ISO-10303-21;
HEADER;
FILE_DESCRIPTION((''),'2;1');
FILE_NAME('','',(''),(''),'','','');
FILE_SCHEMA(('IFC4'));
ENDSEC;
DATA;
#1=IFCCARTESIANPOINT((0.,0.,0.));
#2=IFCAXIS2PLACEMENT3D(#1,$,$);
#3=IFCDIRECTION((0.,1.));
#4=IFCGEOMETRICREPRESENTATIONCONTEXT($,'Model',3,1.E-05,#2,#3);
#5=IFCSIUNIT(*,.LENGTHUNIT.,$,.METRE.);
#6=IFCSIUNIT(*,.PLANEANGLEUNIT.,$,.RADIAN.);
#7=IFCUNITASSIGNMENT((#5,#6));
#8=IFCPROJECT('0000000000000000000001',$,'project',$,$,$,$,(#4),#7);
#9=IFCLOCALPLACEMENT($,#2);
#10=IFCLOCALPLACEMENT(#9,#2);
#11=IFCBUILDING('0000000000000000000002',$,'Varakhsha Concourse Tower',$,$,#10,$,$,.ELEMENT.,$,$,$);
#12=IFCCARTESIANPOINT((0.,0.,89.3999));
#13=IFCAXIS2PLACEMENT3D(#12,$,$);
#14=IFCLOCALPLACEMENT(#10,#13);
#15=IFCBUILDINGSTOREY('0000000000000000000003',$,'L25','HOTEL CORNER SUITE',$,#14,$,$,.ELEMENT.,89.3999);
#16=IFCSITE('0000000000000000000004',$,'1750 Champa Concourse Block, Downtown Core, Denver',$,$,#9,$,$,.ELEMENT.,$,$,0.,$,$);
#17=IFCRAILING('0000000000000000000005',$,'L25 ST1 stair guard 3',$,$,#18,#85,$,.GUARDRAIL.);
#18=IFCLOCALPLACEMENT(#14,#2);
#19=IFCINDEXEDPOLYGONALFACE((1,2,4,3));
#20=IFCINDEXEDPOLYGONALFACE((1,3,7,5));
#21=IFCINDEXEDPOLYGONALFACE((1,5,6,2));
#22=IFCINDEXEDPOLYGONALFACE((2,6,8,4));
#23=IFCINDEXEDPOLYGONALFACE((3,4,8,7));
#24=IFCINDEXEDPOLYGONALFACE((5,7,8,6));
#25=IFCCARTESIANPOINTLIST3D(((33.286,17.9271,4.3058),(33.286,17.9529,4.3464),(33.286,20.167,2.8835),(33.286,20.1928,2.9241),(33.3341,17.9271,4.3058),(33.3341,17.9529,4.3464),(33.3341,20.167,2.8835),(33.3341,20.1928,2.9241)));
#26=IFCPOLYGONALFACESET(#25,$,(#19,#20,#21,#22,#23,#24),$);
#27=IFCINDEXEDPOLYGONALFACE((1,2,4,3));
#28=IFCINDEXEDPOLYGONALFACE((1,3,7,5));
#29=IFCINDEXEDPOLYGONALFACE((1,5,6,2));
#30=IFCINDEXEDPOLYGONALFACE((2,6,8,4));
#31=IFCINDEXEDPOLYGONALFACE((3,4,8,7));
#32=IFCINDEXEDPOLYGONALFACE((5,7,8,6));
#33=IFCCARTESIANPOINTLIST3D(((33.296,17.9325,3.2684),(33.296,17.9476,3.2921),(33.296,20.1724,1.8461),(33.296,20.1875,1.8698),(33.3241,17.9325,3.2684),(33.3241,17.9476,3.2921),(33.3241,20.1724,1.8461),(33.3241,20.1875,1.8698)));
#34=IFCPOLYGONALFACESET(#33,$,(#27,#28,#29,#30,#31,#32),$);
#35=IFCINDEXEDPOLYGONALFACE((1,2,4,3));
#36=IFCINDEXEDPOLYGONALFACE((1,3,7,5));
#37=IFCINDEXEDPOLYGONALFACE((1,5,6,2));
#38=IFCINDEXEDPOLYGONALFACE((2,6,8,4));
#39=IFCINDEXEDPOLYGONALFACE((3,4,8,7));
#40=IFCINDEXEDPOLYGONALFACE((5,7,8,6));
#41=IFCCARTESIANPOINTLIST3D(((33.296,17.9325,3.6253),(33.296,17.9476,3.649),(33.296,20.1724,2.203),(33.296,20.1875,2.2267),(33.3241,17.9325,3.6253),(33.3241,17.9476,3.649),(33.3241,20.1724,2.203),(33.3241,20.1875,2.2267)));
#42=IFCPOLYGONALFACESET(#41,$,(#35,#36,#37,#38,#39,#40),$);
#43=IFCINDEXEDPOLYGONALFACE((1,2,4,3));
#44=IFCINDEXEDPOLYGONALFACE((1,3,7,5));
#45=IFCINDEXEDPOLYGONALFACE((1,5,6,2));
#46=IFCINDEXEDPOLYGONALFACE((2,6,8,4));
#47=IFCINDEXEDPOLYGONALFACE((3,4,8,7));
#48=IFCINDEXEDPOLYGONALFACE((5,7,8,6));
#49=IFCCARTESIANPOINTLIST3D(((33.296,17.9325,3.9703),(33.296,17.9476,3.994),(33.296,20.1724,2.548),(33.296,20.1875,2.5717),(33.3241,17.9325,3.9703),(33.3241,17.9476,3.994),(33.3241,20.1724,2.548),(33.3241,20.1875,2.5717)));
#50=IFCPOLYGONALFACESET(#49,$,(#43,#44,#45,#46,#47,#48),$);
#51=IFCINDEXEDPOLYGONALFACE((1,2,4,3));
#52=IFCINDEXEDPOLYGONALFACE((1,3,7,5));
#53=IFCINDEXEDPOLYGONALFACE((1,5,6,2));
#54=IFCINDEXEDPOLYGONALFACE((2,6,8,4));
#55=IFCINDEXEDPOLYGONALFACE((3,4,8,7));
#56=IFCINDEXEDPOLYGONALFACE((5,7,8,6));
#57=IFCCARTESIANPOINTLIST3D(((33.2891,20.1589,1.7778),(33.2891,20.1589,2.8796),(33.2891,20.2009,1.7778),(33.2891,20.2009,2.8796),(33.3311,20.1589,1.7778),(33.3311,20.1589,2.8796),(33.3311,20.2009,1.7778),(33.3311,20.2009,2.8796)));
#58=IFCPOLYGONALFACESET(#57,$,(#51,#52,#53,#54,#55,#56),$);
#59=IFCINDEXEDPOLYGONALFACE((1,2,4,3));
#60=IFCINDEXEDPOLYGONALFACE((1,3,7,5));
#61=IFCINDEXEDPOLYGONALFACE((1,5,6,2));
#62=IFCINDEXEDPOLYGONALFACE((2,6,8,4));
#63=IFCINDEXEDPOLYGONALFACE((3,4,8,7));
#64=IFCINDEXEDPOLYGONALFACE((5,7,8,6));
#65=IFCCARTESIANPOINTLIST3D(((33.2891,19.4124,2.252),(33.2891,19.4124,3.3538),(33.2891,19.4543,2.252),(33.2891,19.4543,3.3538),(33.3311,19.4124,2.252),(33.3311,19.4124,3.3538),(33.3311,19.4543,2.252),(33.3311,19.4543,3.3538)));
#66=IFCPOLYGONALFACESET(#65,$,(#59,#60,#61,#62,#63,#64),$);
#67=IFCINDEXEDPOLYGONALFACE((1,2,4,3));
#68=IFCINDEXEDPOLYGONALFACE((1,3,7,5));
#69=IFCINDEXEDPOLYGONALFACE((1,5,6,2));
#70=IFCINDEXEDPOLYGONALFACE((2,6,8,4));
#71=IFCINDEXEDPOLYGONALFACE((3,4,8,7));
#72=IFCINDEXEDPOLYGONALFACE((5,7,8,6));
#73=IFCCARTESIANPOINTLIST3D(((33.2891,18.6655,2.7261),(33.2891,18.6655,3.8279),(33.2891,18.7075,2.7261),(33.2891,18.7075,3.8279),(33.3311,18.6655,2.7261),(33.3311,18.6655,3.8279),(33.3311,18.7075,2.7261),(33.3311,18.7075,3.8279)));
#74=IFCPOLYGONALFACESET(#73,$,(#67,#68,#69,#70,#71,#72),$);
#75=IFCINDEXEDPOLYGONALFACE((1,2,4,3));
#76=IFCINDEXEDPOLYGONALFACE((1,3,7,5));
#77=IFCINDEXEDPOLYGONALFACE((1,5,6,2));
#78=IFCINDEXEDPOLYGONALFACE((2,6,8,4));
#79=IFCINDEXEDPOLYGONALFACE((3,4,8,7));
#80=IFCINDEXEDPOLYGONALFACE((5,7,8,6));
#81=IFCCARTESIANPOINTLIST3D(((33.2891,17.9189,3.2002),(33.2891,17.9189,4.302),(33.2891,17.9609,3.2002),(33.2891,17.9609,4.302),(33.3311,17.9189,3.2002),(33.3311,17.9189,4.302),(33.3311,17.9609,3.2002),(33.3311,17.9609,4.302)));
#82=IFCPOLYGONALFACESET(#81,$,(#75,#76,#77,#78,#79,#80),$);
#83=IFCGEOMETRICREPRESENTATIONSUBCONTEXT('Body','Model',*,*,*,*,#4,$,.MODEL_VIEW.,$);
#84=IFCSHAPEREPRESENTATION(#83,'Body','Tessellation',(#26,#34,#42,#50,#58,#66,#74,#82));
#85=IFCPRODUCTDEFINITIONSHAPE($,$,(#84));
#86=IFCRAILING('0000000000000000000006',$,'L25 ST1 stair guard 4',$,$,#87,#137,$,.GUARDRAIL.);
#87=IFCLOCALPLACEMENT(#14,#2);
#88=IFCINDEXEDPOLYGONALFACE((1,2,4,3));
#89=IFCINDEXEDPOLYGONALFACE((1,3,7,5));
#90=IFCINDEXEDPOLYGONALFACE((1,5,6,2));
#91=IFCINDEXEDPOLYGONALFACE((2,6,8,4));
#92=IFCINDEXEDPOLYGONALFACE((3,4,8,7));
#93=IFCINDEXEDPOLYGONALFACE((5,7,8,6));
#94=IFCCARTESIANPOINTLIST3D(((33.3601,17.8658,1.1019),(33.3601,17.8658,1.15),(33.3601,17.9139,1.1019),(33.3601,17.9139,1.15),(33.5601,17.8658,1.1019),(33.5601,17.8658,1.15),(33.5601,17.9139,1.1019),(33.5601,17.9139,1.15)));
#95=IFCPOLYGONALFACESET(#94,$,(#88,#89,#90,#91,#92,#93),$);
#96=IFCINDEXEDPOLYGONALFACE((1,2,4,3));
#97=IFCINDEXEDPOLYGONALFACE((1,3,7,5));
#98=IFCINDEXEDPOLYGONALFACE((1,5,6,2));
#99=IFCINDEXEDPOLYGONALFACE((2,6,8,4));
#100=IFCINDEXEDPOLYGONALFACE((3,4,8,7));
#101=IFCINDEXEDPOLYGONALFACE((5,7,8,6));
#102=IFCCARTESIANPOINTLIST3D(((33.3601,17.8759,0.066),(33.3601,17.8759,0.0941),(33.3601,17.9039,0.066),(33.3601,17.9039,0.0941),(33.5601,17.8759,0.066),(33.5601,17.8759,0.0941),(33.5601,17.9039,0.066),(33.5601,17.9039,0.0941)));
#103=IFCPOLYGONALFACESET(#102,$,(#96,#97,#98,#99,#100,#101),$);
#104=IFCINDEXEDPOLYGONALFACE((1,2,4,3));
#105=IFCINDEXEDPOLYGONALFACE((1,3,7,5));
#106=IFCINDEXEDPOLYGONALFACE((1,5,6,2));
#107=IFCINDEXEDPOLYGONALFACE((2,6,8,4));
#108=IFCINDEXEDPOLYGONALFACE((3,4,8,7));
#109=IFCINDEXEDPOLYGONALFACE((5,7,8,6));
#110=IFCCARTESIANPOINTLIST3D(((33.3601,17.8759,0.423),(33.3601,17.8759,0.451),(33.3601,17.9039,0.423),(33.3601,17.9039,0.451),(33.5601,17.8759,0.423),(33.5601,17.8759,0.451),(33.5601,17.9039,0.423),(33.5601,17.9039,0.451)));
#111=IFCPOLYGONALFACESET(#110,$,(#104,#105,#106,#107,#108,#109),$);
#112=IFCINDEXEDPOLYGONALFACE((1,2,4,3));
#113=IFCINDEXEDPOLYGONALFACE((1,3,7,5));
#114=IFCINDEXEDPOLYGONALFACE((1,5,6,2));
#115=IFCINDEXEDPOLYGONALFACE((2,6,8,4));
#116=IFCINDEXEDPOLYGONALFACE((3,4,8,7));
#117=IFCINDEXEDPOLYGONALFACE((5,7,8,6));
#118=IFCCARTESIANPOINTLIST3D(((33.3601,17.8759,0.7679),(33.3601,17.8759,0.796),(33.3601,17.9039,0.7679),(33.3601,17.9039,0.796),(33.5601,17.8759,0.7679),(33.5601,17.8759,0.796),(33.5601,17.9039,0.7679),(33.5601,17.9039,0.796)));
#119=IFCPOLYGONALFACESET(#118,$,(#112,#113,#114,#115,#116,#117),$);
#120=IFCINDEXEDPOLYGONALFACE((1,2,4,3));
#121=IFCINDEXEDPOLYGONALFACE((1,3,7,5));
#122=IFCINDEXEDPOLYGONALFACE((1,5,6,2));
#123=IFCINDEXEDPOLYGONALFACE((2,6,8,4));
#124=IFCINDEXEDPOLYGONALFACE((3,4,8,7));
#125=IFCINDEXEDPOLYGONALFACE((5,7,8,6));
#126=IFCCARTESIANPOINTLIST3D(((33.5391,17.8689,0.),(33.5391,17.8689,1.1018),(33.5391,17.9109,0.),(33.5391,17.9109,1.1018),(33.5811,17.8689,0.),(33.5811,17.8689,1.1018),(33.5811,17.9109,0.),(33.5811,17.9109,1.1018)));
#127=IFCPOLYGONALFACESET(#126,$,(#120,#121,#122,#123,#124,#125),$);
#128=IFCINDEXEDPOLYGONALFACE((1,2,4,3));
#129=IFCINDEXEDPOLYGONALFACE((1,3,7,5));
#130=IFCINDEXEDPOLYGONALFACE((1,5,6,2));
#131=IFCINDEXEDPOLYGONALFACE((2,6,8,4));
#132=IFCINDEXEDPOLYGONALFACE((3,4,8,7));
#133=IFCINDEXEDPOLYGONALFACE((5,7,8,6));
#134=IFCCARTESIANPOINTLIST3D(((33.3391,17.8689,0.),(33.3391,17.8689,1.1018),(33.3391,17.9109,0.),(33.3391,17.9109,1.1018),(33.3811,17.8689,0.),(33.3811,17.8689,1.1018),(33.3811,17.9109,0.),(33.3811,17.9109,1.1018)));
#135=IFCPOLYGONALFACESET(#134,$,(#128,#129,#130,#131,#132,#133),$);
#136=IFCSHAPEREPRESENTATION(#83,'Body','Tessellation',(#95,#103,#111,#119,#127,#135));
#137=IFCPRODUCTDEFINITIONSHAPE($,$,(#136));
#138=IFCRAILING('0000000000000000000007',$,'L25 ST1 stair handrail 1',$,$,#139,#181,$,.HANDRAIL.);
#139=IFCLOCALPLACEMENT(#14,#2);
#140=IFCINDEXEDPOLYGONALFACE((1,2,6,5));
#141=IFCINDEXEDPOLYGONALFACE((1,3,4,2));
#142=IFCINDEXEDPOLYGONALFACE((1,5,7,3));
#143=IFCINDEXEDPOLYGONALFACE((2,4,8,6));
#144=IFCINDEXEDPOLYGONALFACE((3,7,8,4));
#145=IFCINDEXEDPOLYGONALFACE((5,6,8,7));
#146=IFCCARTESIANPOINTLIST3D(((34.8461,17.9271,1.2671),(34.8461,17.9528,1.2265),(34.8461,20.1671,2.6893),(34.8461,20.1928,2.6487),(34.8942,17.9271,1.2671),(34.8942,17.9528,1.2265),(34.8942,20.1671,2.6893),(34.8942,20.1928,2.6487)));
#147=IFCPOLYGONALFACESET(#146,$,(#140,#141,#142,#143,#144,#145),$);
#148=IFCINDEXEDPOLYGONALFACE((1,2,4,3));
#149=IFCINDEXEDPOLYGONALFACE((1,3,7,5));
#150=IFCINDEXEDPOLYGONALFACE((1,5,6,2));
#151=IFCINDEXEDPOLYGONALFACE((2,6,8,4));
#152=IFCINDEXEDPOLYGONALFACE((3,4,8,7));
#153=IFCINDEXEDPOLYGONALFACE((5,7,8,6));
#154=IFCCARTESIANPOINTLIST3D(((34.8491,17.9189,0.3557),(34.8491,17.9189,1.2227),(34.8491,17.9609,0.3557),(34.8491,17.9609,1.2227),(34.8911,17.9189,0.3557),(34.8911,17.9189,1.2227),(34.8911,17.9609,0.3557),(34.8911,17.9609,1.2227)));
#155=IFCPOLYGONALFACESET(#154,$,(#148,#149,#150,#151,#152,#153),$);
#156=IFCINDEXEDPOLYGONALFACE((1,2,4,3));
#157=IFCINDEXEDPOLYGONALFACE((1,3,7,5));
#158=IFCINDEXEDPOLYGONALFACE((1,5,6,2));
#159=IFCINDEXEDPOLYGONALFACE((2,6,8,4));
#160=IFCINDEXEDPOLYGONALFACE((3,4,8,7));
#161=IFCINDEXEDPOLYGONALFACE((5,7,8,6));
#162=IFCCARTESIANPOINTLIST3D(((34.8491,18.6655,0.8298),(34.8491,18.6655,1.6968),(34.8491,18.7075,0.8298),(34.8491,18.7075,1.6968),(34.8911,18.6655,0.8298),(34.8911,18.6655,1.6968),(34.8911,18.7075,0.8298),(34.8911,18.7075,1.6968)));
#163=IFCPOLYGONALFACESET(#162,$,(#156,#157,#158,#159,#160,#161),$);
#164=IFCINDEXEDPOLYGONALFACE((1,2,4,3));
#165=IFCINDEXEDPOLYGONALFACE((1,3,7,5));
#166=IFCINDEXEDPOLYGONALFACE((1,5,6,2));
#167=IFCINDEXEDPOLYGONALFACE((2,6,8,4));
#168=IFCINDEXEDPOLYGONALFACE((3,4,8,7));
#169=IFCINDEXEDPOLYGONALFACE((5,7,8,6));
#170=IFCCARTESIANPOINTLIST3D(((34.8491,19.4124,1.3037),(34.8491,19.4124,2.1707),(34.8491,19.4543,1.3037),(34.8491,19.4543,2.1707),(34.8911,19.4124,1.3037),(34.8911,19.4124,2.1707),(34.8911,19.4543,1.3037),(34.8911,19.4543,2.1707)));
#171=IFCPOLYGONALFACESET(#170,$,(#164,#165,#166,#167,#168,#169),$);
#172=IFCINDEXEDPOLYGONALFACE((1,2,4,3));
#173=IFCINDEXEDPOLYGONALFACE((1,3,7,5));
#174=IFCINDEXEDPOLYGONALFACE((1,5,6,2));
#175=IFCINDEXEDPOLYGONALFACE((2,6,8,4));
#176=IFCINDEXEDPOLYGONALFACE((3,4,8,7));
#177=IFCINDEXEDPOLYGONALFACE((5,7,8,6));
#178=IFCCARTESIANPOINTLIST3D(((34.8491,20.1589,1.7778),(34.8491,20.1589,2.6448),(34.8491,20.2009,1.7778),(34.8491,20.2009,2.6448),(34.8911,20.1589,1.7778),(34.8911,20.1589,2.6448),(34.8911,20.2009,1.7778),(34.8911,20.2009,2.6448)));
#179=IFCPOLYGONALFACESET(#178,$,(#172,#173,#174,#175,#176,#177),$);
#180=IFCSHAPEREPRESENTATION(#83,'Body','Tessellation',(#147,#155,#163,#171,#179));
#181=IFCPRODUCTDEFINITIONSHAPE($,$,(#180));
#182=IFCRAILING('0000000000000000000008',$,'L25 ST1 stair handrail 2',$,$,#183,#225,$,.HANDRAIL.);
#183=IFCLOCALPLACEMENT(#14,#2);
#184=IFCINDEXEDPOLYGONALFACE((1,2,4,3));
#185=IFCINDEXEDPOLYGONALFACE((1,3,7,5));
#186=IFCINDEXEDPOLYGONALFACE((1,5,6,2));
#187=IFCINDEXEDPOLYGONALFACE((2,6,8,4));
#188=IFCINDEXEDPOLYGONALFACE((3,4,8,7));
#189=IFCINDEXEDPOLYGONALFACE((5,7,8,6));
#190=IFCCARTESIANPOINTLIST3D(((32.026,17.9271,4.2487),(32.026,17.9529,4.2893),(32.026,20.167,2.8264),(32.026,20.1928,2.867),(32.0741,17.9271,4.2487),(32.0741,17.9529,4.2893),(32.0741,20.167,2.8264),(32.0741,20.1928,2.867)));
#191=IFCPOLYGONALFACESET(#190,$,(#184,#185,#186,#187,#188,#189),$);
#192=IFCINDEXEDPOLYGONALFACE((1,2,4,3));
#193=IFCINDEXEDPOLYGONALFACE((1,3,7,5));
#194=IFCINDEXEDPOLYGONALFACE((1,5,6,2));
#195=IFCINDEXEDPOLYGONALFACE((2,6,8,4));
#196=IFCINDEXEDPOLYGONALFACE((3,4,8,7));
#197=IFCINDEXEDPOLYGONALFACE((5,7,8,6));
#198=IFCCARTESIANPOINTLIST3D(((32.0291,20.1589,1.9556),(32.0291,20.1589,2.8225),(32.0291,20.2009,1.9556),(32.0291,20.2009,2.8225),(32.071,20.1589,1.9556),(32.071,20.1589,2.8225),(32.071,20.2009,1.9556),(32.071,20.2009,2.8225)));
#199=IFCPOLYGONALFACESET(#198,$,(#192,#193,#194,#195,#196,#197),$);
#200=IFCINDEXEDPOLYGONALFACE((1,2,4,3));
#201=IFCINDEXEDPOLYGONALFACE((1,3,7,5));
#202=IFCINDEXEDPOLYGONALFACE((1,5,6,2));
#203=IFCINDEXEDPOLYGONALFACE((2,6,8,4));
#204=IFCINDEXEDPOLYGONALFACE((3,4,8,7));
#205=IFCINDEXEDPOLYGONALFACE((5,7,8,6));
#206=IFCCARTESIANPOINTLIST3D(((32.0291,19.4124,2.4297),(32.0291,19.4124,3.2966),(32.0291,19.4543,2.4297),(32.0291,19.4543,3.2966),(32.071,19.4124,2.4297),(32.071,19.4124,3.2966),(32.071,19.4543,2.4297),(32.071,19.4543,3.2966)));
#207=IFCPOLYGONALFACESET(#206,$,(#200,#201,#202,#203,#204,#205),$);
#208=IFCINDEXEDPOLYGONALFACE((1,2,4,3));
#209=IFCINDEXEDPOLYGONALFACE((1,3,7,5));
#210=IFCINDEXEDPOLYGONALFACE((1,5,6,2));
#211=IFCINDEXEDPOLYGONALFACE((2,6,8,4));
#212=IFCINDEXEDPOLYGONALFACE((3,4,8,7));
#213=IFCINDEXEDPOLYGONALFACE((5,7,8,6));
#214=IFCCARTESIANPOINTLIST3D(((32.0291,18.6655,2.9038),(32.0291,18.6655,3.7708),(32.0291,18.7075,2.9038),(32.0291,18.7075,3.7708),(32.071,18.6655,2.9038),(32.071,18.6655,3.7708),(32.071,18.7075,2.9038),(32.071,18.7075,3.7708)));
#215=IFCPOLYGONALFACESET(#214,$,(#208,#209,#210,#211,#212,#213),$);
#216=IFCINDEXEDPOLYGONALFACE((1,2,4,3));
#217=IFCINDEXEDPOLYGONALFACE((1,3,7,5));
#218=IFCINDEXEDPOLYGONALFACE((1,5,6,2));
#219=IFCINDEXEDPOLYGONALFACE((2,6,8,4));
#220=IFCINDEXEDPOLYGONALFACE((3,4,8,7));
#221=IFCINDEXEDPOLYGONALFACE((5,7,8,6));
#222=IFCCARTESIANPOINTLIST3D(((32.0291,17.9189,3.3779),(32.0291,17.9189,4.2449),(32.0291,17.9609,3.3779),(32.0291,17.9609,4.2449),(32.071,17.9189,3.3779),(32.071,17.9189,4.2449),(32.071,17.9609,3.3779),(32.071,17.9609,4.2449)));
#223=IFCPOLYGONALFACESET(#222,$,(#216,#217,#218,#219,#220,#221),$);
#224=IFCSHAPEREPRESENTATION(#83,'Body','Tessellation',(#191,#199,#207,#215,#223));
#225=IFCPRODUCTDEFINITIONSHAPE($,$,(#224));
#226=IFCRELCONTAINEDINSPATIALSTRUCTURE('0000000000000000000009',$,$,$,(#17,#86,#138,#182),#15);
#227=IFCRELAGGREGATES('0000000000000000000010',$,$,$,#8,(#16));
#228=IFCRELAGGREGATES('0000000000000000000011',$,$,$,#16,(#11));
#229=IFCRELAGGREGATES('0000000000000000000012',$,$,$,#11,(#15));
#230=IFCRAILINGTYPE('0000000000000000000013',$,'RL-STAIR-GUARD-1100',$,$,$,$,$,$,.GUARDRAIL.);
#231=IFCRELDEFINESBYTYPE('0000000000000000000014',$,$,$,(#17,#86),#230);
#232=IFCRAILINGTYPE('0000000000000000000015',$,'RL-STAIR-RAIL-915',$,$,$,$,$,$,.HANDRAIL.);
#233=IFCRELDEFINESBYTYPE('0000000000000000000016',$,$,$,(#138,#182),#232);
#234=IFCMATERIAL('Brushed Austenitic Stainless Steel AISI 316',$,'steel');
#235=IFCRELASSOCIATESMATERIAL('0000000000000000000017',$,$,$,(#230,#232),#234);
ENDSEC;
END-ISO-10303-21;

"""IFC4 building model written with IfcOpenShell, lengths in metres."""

from ifc_helpers import new_model, si_unit, direction, frame, origin, origin_2d, place, context, subcontext, project, spatial, rectangle, extrude, material, type_object, element, save


model = new_model("IFC4")

# Units and contexts
model_context = context("Model", 3, precision=1e-05, world=origin(), true_north=direction((0.0, 1.0)))
body_context = subcontext(model_context, "Body", "Model", "MODEL_VIEW")
ifc_project = project(units=[si_unit("LENGTHUNIT", "METRE"), si_unit("PLANEANGLEUNIT", "RADIAN")], contexts=[model_context])

# Site, building, storey
site_placement = place(None, origin())
site = spatial("IfcSite", under=ifc_project, at=site_placement, Name="1750 Champa Concourse Block, Downtown Core, Denver", CompositionType="ELEMENT", RefElevation=0.0)
building_placement = place(site_placement, origin())
building = spatial("IfcBuilding", under=site, at=building_placement, Name="Varakhsha Concourse Tower", CompositionType="ELEMENT")
storey_placement = place(building_placement, frame((0.0, 0.0, 89.3999)))
storey = spatial("IfcBuildingStorey", under=building, at=storey_placement, Name="L25", Description="HOTEL CORNER SUITE", CompositionType="ELEMENT", Elevation=89.3999)

# Railings
ifc_material_1 = material(Name="Brushed Austenitic Stainless Steel AISI 316", Category="steel")
railing_type_1 = type_object("IfcRailingType", Name="RL-STAIR-GUARD-1100", PredefinedType="GUARDRAIL", material=ifc_material_1)
railing_1_placement = place(storey_placement, frame((33.3101, 20.1799, 1.7778)))
element("IfcRailing", 1, at=railing_1_placement, inside=storey, type_object=railing_type_1, Name="L25 ST1 stair guard 3", PredefinedType="GUARDRAIL", context=body_context, shape_type="SweptSolid", body=[
    extrude(rectangle(XDim=0.0481, YDim=0.0481, at=origin_2d()), frame((0.0, 0.0, 1.126), z_axis=(0.0, -0.844188, 0.536048), x_axis=(1.0, 0.0, 0.0)), (0.0, 0.0, 1.0), 2.6533),
    extrude(rectangle(XDim=0.0281, YDim=0.0281, at=origin_2d()), frame((0.0, 0.0, 0.0801), z_axis=(0.0, -0.844188, 0.536048), x_axis=(1.0, 0.0, 0.0)), (0.0, 0.0, 1.0), 2.6533),
    extrude(rectangle(XDim=0.0281, YDim=0.0281, at=origin_2d()), frame((0.0, 0.0, 0.437), z_axis=(0.0, -0.844188, 0.536048), x_axis=(1.0, 0.0, 0.0)), (0.0, 0.0, 1.0), 2.6533),
    extrude(rectangle(XDim=0.0281, YDim=0.0281, at=origin_2d()), frame((0.0, 0.0, 0.782), z_axis=(0.0, -0.844188, 0.536048), x_axis=(1.0, 0.0, 0.0)), (0.0, 0.0, 1.0), 2.6533),
    extrude(rectangle(XDim=0.042, YDim=0.042, at=origin_2d()), origin(), (0.0, 0.0, 1.0), 1.1018),
    extrude(rectangle(XDim=0.042, YDim=0.042, at=origin_2d()), frame((0.0, -0.7466, 0.4741)), (0.0, 0.0, 1.0), 1.1018),
    extrude(rectangle(XDim=0.042, YDim=0.042, at=origin_2d()), frame((0.0, -1.4934, 0.9482)), (0.0, 0.0, 1.0), 1.1018),
    extrude(rectangle(XDim=0.042, YDim=0.042, at=origin_2d()), frame((0.0, -2.24, 1.4224)), (0.0, 0.0, 1.0), 1.1018),
])
railing_2_placement = place(storey_placement, frame((33.5601, 17.8899, 0.0)))
element("IfcRailing", 2, at=railing_2_placement, inside=storey, type_object=railing_type_1, Name="L25 ST1 stair guard 4", PredefinedType="GUARDRAIL", context=body_context, shape_type="SweptSolid", body=[
    extrude(rectangle(XDim=0.0481, YDim=0.0481, at=origin_2d()), frame((0.0, 0.0, 1.126), z_axis=(-1.0, 0.0, 0.0), x_axis=(0.0, -1.0, 0.0)), (0.0, 0.0, 1.0), 0.2),
    extrude(rectangle(XDim=0.0281, YDim=0.0281, at=origin_2d()), frame((0.0, 0.0, 0.0801), z_axis=(-1.0, 0.0, 0.0), x_axis=(0.0, -1.0, 0.0)), (0.0, 0.0, 1.0), 0.2),
    extrude(rectangle(XDim=0.0281, YDim=0.0281, at=origin_2d()), frame((0.0, 0.0, 0.437), z_axis=(-1.0, 0.0, 0.0), x_axis=(0.0, -1.0, 0.0)), (0.0, 0.0, 1.0), 0.2),
    extrude(rectangle(XDim=0.0281, YDim=0.0281, at=origin_2d()), frame((0.0, 0.0, 0.782), z_axis=(-1.0, 0.0, 0.0), x_axis=(0.0, -1.0, 0.0)), (0.0, 0.0, 1.0), 0.2),
    extrude(rectangle(XDim=0.042, YDim=0.042, at=origin_2d()), origin(), (0.0, 0.0, 1.0), 1.1018),
    extrude(rectangle(XDim=0.042, YDim=0.042, at=origin_2d()), frame((-0.2, 0.0, 0.0)), (0.0, 0.0, 1.0), 1.1018),
])
railing_type_2 = type_object("IfcRailingType", Name="RL-STAIR-RAIL-915", PredefinedType="HANDRAIL", material=ifc_material_1)
railing_3_placement = place(storey_placement, frame((34.8701, 17.9399, 0.3557)))
element("IfcRailing", 3, at=railing_3_placement, inside=storey, type_object=railing_type_2, Name="L25 ST1 stair handrail 1", PredefinedType="HANDRAIL", context=body_context, shape_type="SweptSolid", body=[
    extrude(rectangle(XDim=0.0481, YDim=0.0481, at=origin_2d()), frame((0.0, 0.0, 0.8911), z_axis=(0.0, 0.844229, 0.535982), x_axis=(-1.0, 0.0, 0.0)), (0.0, 0.0, 1.0), 2.6533),
    extrude(rectangle(XDim=0.042, YDim=0.042, at=origin_2d()), origin(), (0.0, 0.0, 1.0), 0.8669),
    extrude(rectangle(XDim=0.042, YDim=0.042, at=origin_2d()), frame((0.0, 0.7466, 0.4741)), (0.0, 0.0, 1.0), 0.8669),
    extrude(rectangle(XDim=0.042, YDim=0.042, at=origin_2d()), frame((0.0, 1.4934, 0.948)), (0.0, 0.0, 1.0), 0.8669),
    extrude(rectangle(XDim=0.042, YDim=0.042, at=origin_2d()), frame((0.0, 2.24, 1.4221)), (0.0, 0.0, 1.0), 0.8669),
])
railing_4_placement = place(storey_placement, frame((32.05, 20.1799, 1.9556)))
element("IfcRailing", 4, at=railing_4_placement, inside=storey, type_object=railing_type_2, Name="L25 ST1 stair handrail 2", PredefinedType="HANDRAIL", context=body_context, shape_type="SweptSolid", body=[
    extrude(rectangle(XDim=0.0481, YDim=0.0481, at=origin_2d()), frame((0.0, 0.0, 0.8911), z_axis=(0.0, -0.844188, 0.536048), x_axis=(1.0, 0.0, 0.0)), (0.0, 0.0, 1.0), 2.6533),
    extrude(rectangle(XDim=0.042, YDim=0.042, at=origin_2d()), origin(), (0.0, 0.0, 1.0), 0.8669),
    extrude(rectangle(XDim=0.042, YDim=0.042, at=origin_2d()), frame((0.0, -0.7466, 0.4741)), (0.0, 0.0, 1.0), 0.8669),
    extrude(rectangle(XDim=0.042, YDim=0.042, at=origin_2d()), frame((0.0, -1.4934, 0.9482)), (0.0, 0.0, 1.0), 0.8669),
    extrude(rectangle(XDim=0.042, YDim=0.042, at=origin_2d()), frame((0.0, -2.24, 1.4224)), (0.0, 0.0, 1.0), 0.8669),
])

save(model, "model.ifc")
